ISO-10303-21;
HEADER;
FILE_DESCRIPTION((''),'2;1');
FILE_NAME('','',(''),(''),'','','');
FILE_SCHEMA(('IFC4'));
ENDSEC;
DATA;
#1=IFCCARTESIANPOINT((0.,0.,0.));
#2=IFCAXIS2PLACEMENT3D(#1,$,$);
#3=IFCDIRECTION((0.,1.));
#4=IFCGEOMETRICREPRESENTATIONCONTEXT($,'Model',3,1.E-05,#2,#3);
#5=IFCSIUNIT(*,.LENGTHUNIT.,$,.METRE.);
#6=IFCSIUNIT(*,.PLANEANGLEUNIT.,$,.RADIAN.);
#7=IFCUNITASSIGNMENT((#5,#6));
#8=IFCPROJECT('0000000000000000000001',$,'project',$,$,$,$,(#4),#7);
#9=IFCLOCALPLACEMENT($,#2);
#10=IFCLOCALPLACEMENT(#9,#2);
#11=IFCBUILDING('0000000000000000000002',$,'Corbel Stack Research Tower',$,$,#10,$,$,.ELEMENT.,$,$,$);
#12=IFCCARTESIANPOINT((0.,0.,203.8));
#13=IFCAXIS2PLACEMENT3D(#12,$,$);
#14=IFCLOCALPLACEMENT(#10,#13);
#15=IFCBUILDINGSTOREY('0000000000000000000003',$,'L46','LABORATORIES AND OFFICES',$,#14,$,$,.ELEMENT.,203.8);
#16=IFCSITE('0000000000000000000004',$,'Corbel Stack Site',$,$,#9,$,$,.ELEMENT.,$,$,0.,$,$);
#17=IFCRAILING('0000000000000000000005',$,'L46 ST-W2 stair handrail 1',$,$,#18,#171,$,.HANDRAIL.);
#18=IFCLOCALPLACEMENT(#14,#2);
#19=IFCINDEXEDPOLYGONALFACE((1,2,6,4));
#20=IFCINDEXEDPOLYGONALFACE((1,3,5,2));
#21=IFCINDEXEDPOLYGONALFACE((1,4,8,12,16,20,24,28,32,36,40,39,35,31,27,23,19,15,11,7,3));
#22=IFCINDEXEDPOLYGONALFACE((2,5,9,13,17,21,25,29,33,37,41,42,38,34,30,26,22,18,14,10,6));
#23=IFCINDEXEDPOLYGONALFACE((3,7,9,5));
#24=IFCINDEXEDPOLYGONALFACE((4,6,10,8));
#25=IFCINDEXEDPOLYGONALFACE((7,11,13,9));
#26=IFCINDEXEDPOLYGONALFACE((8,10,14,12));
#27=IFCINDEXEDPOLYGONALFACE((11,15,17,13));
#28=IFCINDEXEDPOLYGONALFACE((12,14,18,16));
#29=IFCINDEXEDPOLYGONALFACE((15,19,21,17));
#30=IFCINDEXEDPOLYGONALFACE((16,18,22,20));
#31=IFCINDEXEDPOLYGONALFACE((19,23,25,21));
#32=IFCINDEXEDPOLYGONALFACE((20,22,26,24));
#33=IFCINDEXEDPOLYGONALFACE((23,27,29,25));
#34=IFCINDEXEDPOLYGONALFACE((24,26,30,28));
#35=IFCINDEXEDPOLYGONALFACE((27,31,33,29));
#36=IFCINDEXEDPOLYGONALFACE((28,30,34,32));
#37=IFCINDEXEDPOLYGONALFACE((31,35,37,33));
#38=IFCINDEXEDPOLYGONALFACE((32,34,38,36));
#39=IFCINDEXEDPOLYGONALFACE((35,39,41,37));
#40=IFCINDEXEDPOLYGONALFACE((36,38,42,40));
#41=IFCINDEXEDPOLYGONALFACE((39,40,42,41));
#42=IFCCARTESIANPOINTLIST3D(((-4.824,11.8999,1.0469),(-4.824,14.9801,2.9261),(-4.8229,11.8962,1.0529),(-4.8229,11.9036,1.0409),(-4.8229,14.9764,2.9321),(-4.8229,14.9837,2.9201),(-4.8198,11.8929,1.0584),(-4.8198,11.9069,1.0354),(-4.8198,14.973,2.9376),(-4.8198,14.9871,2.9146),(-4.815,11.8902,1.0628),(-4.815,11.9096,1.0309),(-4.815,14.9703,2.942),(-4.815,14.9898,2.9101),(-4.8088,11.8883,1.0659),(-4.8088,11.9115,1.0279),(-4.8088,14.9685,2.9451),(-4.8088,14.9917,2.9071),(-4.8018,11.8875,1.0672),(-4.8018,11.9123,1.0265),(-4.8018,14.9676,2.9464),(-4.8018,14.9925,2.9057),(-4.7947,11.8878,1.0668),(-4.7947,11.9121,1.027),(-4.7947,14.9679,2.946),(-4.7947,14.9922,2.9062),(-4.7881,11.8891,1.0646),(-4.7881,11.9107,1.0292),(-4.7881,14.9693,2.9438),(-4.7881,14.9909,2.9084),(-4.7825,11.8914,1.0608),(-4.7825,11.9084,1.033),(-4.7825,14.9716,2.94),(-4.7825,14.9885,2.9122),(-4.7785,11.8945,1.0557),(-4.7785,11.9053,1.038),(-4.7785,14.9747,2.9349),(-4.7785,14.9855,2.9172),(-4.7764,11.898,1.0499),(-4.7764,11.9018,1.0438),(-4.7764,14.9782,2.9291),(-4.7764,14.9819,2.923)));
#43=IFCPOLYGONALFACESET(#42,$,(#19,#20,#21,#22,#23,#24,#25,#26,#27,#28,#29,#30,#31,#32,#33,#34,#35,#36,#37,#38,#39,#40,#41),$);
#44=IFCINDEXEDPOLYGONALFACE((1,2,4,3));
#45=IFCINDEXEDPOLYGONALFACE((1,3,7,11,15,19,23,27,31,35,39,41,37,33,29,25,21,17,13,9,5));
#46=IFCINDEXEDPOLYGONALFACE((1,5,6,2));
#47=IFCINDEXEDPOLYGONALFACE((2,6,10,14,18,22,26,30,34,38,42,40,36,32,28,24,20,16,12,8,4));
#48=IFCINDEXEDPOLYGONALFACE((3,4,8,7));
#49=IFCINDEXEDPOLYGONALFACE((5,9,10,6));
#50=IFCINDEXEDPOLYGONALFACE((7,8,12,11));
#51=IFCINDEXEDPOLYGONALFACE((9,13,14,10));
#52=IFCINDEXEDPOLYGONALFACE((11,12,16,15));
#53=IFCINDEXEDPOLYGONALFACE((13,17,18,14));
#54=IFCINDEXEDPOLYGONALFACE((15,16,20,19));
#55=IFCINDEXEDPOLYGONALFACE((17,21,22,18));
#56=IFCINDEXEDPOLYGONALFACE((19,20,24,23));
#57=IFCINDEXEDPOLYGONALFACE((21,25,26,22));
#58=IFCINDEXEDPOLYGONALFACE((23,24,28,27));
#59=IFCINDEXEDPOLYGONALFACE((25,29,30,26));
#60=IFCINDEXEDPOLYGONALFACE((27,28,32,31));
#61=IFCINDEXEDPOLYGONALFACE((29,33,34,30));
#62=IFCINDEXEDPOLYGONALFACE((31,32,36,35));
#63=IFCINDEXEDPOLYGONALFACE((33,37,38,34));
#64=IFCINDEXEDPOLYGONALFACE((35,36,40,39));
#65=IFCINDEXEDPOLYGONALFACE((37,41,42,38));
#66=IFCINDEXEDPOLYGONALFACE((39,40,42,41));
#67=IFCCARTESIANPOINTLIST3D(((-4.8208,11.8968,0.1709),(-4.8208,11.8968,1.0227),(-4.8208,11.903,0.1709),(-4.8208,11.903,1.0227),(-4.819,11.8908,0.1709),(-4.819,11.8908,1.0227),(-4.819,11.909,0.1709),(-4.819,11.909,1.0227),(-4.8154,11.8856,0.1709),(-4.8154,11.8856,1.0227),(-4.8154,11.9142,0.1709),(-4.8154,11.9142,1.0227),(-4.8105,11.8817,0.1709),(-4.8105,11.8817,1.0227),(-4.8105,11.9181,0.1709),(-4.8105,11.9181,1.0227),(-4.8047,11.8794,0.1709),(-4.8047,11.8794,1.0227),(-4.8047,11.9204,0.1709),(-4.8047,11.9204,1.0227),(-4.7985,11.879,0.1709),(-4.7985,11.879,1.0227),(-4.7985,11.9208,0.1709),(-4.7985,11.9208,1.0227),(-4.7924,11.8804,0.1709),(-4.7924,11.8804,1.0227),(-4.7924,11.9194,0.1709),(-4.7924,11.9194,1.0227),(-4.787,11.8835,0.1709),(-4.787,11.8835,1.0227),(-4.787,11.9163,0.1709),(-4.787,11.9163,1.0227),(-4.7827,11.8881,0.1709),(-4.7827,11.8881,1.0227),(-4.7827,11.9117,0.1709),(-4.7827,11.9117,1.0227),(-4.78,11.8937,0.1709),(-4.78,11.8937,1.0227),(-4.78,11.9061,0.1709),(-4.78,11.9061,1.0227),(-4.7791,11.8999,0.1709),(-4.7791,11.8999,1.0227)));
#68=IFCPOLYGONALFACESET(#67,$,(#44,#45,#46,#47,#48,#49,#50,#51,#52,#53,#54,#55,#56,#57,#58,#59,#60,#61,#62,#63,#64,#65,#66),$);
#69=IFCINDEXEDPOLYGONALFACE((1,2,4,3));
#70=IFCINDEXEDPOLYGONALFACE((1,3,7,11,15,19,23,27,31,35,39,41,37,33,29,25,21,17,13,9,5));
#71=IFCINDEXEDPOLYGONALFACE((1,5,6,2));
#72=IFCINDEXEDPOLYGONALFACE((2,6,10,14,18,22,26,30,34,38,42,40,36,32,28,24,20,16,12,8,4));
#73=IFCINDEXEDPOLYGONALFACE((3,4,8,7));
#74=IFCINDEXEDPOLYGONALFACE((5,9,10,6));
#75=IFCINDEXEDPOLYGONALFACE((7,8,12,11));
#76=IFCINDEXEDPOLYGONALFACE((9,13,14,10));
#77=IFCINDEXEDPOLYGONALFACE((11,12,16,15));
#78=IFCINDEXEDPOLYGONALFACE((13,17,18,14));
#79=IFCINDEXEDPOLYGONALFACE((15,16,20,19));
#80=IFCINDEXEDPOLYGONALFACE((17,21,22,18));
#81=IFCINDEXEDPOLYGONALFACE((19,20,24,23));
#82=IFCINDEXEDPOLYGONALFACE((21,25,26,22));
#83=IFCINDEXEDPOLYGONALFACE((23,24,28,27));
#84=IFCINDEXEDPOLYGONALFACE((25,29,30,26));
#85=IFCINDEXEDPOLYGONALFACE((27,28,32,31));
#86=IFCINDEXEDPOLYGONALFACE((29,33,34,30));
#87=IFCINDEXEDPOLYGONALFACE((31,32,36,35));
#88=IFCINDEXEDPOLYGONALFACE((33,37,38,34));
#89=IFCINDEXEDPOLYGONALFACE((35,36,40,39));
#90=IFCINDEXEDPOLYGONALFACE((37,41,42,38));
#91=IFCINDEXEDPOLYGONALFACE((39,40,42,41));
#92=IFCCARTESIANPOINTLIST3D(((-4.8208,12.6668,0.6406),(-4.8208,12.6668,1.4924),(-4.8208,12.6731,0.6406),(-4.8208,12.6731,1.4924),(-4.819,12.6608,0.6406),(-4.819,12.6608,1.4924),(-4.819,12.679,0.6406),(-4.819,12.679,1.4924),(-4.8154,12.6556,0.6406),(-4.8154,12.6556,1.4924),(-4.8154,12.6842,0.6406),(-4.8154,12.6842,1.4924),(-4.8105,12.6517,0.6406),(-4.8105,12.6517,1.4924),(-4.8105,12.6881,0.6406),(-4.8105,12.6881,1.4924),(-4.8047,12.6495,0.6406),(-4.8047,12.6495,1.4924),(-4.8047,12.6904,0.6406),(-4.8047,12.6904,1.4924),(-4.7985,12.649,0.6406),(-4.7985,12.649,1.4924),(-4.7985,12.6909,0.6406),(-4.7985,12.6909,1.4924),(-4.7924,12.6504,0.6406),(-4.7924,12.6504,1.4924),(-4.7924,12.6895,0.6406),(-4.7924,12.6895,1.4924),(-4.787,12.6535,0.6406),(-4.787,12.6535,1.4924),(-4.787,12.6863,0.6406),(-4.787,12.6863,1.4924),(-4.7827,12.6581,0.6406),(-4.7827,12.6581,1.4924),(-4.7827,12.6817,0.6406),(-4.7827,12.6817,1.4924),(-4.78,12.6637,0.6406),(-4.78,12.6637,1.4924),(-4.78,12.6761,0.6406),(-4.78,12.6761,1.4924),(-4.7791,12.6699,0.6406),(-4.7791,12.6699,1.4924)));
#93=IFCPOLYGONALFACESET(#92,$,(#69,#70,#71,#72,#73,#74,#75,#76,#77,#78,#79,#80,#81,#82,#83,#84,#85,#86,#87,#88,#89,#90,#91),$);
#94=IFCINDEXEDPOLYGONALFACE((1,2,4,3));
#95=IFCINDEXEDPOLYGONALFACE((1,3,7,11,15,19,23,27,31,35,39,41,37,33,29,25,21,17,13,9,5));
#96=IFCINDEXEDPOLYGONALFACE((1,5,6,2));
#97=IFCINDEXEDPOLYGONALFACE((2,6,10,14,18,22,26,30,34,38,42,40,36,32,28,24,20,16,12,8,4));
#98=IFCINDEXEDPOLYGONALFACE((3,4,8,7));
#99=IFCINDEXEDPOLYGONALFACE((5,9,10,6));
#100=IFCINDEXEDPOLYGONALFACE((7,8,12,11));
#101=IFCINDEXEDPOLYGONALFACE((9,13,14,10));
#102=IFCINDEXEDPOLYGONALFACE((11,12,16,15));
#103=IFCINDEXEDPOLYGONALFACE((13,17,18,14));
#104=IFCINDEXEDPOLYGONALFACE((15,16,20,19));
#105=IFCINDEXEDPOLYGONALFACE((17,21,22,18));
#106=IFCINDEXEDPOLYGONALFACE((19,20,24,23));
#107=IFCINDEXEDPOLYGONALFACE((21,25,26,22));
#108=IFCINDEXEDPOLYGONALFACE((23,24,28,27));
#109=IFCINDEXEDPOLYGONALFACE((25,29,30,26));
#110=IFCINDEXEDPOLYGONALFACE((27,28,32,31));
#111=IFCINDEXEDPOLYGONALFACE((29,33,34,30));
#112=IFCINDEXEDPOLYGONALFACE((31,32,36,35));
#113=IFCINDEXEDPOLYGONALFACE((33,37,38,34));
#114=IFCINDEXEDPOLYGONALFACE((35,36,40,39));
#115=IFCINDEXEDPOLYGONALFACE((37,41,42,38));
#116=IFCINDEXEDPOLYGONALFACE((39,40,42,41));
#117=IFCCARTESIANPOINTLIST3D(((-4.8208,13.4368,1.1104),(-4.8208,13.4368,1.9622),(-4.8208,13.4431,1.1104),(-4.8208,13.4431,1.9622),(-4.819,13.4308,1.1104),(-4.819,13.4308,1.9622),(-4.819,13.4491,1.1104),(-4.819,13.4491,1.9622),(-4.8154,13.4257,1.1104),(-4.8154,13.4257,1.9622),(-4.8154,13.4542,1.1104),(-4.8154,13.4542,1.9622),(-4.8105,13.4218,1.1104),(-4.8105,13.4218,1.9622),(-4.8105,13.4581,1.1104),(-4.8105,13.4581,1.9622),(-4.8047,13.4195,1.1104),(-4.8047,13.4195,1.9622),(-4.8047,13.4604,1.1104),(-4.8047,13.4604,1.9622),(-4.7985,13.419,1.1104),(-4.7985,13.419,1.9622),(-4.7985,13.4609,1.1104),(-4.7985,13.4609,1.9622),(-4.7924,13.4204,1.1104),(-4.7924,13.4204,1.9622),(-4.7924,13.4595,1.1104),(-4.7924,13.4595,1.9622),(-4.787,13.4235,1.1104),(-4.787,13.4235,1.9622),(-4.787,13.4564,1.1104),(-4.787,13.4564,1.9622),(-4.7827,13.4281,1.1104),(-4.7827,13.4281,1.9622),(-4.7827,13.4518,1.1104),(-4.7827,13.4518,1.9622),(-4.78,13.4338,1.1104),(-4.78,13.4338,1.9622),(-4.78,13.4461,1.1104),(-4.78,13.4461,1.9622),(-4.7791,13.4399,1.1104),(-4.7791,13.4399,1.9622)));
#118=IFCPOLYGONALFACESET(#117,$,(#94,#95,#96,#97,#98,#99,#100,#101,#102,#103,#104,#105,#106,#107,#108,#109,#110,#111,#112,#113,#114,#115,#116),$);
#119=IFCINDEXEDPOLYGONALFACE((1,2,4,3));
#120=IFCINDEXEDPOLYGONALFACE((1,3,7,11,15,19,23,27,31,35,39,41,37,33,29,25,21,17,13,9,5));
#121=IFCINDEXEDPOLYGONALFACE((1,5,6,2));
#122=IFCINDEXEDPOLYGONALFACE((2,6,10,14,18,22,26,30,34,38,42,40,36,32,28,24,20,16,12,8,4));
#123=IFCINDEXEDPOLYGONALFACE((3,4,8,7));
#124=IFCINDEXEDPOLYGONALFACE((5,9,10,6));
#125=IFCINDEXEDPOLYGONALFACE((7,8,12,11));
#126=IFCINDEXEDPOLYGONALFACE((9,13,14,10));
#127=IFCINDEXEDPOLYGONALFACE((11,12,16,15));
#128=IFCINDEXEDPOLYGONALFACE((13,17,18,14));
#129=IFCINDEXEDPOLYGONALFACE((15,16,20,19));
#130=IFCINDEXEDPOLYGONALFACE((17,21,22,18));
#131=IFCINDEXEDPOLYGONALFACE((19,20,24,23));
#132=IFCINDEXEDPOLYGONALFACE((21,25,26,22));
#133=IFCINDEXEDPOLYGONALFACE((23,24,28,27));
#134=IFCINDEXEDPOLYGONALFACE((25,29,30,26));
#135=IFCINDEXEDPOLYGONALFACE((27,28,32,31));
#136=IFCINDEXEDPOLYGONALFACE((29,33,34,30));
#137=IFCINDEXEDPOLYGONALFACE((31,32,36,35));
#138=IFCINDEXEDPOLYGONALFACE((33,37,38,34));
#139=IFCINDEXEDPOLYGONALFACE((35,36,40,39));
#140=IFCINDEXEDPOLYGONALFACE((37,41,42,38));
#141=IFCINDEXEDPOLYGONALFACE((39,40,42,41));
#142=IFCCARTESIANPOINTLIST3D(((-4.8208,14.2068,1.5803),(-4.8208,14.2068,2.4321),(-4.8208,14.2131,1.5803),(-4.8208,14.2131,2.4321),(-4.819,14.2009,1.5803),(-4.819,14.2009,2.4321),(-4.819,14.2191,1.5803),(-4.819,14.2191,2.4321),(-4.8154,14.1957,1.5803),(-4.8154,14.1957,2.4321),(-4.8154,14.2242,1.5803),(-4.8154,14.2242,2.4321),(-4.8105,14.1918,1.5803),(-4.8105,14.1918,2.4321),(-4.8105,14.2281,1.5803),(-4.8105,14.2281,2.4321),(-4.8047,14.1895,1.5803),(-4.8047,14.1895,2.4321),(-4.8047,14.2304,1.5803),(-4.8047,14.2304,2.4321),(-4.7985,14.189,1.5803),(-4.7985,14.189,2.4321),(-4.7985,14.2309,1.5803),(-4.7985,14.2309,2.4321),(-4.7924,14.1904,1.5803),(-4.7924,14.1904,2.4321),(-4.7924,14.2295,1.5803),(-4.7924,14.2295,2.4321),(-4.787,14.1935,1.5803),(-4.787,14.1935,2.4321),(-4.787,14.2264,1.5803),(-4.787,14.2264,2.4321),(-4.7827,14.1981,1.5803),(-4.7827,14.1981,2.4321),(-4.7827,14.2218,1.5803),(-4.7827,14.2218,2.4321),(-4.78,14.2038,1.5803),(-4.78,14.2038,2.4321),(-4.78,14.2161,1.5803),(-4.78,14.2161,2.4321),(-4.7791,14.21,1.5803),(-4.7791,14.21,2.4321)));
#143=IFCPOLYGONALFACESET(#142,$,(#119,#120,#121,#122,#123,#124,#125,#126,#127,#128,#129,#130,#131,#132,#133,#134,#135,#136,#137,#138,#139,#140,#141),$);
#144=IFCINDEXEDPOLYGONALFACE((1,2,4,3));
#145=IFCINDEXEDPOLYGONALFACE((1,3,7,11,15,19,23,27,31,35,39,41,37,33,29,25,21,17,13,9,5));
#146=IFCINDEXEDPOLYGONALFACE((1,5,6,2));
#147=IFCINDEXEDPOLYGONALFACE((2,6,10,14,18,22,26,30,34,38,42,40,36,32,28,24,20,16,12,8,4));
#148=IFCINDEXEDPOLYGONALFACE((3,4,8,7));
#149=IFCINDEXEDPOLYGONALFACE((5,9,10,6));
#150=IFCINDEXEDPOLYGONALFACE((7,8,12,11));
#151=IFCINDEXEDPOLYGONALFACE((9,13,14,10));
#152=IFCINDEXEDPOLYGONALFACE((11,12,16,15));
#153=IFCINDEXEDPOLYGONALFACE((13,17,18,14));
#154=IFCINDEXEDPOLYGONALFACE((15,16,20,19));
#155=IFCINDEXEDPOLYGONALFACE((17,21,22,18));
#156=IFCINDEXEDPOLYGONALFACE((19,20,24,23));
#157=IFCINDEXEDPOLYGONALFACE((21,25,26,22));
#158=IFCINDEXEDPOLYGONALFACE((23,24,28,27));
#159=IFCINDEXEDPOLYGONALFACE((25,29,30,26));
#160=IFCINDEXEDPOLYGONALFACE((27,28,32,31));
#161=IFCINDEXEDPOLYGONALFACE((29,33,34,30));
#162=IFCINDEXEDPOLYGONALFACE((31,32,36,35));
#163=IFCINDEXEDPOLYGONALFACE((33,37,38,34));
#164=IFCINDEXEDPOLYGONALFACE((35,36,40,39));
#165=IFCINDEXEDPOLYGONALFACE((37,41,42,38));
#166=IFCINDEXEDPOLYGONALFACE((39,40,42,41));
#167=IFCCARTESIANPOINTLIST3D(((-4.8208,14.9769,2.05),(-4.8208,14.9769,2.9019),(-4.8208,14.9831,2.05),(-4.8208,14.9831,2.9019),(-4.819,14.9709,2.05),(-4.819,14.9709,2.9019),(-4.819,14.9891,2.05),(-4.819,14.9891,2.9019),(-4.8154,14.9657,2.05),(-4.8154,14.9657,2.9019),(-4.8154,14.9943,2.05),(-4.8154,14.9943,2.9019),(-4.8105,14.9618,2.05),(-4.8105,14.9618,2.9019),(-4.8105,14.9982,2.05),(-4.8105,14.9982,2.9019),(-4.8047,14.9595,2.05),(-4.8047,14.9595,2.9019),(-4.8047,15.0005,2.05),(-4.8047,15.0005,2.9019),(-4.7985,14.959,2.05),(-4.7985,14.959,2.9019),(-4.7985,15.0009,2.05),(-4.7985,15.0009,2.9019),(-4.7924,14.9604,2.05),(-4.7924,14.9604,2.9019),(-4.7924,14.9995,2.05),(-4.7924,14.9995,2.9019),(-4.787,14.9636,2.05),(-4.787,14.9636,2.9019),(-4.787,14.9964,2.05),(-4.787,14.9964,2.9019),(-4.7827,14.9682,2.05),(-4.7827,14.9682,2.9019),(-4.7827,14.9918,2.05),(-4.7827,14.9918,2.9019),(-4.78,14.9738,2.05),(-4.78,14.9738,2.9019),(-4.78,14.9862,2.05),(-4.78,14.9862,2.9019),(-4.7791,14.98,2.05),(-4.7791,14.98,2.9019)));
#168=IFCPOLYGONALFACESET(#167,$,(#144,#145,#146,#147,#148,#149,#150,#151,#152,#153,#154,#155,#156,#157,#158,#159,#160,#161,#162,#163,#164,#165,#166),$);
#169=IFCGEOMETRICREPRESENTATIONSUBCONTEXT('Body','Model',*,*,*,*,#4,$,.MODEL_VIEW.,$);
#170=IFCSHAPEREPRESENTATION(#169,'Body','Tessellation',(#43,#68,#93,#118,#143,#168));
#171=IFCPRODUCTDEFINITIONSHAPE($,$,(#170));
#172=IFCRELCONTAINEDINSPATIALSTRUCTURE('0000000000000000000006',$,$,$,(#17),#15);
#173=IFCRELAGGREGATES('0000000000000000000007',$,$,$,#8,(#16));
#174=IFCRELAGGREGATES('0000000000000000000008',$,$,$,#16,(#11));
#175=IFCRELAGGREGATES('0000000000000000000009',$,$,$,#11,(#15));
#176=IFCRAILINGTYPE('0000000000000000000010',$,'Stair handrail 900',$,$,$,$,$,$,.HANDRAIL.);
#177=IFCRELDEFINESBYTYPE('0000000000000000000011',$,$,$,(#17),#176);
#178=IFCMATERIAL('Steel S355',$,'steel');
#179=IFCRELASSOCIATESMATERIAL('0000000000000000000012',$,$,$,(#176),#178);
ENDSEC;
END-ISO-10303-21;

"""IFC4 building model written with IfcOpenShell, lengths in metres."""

from ifc_helpers import new_model, si_unit, direction, frame, origin, origin_2d, place, context, subcontext, project, spatial, circle, extrude, material, type_object, element, save


model = new_model("IFC4")

# Units and contexts
model_context = context("Model", 3, precision=1e-05, world=origin(), true_north=direction((0.0, 1.0)))
body_context = subcontext(model_context, "Body", "Model", "MODEL_VIEW")
ifc_project = project(units=[si_unit("LENGTHUNIT", "METRE"), si_unit("PLANEANGLEUNIT", "RADIAN")], contexts=[model_context])

# Site, building, storey
site_placement = place(None, origin())
site = spatial("IfcSite", under=ifc_project, at=site_placement, Name="Corbel Stack Site", CompositionType="ELEMENT", RefElevation=0.0)
building_placement = place(site_placement, origin())
building = spatial("IfcBuilding", under=site, at=building_placement, Name="Corbel Stack Research Tower", CompositionType="ELEMENT")
storey_placement = place(building_placement, frame((0.0, 0.0, 203.8)))
storey = spatial("IfcBuildingStorey", under=building, at=storey_placement, Name="L46", Description="LABORATORIES AND OFFICES", CompositionType="ELEMENT", Elevation=203.8)

# Railing
ifc_material_1 = material(Name="Steel S355", Category="steel")
railing_type_1 = type_object("IfcRailingType", Name="Stair handrail 900", PredefinedType="HANDRAIL", material=ifc_material_1)
railing_1_placement = place(storey_placement, frame((-4.8, 11.8999, 0.1709)))
element("IfcRailing", 1, at=railing_1_placement, inside=storey, type_object=railing_type_1, Name="L46 ST-W2 stair handrail 1", PredefinedType="HANDRAIL", context=body_context, shape_type="SweptSolid", body=[
    extrude(circle(Radius=0.0239, at=origin_2d()), frame((0.0, 0.0, 0.876), z_axis=(0.0, 0.853666, 0.52082), x_axis=(-1.0, 0.0, 0.0)), (0.0, 0.0, 1.0), 3.6082),
    extrude(circle(Radius=0.021, at=origin_2d()), origin(), (0.0, 0.0, 1.0), 0.8518),
    extrude(circle(Radius=0.021, at=origin_2d()), frame((0.0, 0.77, 0.4697)), (0.0, 0.0, 1.0), 0.8518),
    extrude(circle(Radius=0.021, at=origin_2d()), frame((0.0, 1.54, 0.9395)), (0.0, 0.0, 1.0), 0.8518),
    extrude(circle(Radius=0.021, at=origin_2d()), frame((0.0, 2.3101, 1.4094)), (0.0, 0.0, 1.0), 0.8518),
    extrude(circle(Radius=0.021, at=origin_2d()), frame((0.0, 3.0801, 1.8792)), (0.0, 0.0, 1.0), 0.8518),
])

save(model, "model.ifc")
